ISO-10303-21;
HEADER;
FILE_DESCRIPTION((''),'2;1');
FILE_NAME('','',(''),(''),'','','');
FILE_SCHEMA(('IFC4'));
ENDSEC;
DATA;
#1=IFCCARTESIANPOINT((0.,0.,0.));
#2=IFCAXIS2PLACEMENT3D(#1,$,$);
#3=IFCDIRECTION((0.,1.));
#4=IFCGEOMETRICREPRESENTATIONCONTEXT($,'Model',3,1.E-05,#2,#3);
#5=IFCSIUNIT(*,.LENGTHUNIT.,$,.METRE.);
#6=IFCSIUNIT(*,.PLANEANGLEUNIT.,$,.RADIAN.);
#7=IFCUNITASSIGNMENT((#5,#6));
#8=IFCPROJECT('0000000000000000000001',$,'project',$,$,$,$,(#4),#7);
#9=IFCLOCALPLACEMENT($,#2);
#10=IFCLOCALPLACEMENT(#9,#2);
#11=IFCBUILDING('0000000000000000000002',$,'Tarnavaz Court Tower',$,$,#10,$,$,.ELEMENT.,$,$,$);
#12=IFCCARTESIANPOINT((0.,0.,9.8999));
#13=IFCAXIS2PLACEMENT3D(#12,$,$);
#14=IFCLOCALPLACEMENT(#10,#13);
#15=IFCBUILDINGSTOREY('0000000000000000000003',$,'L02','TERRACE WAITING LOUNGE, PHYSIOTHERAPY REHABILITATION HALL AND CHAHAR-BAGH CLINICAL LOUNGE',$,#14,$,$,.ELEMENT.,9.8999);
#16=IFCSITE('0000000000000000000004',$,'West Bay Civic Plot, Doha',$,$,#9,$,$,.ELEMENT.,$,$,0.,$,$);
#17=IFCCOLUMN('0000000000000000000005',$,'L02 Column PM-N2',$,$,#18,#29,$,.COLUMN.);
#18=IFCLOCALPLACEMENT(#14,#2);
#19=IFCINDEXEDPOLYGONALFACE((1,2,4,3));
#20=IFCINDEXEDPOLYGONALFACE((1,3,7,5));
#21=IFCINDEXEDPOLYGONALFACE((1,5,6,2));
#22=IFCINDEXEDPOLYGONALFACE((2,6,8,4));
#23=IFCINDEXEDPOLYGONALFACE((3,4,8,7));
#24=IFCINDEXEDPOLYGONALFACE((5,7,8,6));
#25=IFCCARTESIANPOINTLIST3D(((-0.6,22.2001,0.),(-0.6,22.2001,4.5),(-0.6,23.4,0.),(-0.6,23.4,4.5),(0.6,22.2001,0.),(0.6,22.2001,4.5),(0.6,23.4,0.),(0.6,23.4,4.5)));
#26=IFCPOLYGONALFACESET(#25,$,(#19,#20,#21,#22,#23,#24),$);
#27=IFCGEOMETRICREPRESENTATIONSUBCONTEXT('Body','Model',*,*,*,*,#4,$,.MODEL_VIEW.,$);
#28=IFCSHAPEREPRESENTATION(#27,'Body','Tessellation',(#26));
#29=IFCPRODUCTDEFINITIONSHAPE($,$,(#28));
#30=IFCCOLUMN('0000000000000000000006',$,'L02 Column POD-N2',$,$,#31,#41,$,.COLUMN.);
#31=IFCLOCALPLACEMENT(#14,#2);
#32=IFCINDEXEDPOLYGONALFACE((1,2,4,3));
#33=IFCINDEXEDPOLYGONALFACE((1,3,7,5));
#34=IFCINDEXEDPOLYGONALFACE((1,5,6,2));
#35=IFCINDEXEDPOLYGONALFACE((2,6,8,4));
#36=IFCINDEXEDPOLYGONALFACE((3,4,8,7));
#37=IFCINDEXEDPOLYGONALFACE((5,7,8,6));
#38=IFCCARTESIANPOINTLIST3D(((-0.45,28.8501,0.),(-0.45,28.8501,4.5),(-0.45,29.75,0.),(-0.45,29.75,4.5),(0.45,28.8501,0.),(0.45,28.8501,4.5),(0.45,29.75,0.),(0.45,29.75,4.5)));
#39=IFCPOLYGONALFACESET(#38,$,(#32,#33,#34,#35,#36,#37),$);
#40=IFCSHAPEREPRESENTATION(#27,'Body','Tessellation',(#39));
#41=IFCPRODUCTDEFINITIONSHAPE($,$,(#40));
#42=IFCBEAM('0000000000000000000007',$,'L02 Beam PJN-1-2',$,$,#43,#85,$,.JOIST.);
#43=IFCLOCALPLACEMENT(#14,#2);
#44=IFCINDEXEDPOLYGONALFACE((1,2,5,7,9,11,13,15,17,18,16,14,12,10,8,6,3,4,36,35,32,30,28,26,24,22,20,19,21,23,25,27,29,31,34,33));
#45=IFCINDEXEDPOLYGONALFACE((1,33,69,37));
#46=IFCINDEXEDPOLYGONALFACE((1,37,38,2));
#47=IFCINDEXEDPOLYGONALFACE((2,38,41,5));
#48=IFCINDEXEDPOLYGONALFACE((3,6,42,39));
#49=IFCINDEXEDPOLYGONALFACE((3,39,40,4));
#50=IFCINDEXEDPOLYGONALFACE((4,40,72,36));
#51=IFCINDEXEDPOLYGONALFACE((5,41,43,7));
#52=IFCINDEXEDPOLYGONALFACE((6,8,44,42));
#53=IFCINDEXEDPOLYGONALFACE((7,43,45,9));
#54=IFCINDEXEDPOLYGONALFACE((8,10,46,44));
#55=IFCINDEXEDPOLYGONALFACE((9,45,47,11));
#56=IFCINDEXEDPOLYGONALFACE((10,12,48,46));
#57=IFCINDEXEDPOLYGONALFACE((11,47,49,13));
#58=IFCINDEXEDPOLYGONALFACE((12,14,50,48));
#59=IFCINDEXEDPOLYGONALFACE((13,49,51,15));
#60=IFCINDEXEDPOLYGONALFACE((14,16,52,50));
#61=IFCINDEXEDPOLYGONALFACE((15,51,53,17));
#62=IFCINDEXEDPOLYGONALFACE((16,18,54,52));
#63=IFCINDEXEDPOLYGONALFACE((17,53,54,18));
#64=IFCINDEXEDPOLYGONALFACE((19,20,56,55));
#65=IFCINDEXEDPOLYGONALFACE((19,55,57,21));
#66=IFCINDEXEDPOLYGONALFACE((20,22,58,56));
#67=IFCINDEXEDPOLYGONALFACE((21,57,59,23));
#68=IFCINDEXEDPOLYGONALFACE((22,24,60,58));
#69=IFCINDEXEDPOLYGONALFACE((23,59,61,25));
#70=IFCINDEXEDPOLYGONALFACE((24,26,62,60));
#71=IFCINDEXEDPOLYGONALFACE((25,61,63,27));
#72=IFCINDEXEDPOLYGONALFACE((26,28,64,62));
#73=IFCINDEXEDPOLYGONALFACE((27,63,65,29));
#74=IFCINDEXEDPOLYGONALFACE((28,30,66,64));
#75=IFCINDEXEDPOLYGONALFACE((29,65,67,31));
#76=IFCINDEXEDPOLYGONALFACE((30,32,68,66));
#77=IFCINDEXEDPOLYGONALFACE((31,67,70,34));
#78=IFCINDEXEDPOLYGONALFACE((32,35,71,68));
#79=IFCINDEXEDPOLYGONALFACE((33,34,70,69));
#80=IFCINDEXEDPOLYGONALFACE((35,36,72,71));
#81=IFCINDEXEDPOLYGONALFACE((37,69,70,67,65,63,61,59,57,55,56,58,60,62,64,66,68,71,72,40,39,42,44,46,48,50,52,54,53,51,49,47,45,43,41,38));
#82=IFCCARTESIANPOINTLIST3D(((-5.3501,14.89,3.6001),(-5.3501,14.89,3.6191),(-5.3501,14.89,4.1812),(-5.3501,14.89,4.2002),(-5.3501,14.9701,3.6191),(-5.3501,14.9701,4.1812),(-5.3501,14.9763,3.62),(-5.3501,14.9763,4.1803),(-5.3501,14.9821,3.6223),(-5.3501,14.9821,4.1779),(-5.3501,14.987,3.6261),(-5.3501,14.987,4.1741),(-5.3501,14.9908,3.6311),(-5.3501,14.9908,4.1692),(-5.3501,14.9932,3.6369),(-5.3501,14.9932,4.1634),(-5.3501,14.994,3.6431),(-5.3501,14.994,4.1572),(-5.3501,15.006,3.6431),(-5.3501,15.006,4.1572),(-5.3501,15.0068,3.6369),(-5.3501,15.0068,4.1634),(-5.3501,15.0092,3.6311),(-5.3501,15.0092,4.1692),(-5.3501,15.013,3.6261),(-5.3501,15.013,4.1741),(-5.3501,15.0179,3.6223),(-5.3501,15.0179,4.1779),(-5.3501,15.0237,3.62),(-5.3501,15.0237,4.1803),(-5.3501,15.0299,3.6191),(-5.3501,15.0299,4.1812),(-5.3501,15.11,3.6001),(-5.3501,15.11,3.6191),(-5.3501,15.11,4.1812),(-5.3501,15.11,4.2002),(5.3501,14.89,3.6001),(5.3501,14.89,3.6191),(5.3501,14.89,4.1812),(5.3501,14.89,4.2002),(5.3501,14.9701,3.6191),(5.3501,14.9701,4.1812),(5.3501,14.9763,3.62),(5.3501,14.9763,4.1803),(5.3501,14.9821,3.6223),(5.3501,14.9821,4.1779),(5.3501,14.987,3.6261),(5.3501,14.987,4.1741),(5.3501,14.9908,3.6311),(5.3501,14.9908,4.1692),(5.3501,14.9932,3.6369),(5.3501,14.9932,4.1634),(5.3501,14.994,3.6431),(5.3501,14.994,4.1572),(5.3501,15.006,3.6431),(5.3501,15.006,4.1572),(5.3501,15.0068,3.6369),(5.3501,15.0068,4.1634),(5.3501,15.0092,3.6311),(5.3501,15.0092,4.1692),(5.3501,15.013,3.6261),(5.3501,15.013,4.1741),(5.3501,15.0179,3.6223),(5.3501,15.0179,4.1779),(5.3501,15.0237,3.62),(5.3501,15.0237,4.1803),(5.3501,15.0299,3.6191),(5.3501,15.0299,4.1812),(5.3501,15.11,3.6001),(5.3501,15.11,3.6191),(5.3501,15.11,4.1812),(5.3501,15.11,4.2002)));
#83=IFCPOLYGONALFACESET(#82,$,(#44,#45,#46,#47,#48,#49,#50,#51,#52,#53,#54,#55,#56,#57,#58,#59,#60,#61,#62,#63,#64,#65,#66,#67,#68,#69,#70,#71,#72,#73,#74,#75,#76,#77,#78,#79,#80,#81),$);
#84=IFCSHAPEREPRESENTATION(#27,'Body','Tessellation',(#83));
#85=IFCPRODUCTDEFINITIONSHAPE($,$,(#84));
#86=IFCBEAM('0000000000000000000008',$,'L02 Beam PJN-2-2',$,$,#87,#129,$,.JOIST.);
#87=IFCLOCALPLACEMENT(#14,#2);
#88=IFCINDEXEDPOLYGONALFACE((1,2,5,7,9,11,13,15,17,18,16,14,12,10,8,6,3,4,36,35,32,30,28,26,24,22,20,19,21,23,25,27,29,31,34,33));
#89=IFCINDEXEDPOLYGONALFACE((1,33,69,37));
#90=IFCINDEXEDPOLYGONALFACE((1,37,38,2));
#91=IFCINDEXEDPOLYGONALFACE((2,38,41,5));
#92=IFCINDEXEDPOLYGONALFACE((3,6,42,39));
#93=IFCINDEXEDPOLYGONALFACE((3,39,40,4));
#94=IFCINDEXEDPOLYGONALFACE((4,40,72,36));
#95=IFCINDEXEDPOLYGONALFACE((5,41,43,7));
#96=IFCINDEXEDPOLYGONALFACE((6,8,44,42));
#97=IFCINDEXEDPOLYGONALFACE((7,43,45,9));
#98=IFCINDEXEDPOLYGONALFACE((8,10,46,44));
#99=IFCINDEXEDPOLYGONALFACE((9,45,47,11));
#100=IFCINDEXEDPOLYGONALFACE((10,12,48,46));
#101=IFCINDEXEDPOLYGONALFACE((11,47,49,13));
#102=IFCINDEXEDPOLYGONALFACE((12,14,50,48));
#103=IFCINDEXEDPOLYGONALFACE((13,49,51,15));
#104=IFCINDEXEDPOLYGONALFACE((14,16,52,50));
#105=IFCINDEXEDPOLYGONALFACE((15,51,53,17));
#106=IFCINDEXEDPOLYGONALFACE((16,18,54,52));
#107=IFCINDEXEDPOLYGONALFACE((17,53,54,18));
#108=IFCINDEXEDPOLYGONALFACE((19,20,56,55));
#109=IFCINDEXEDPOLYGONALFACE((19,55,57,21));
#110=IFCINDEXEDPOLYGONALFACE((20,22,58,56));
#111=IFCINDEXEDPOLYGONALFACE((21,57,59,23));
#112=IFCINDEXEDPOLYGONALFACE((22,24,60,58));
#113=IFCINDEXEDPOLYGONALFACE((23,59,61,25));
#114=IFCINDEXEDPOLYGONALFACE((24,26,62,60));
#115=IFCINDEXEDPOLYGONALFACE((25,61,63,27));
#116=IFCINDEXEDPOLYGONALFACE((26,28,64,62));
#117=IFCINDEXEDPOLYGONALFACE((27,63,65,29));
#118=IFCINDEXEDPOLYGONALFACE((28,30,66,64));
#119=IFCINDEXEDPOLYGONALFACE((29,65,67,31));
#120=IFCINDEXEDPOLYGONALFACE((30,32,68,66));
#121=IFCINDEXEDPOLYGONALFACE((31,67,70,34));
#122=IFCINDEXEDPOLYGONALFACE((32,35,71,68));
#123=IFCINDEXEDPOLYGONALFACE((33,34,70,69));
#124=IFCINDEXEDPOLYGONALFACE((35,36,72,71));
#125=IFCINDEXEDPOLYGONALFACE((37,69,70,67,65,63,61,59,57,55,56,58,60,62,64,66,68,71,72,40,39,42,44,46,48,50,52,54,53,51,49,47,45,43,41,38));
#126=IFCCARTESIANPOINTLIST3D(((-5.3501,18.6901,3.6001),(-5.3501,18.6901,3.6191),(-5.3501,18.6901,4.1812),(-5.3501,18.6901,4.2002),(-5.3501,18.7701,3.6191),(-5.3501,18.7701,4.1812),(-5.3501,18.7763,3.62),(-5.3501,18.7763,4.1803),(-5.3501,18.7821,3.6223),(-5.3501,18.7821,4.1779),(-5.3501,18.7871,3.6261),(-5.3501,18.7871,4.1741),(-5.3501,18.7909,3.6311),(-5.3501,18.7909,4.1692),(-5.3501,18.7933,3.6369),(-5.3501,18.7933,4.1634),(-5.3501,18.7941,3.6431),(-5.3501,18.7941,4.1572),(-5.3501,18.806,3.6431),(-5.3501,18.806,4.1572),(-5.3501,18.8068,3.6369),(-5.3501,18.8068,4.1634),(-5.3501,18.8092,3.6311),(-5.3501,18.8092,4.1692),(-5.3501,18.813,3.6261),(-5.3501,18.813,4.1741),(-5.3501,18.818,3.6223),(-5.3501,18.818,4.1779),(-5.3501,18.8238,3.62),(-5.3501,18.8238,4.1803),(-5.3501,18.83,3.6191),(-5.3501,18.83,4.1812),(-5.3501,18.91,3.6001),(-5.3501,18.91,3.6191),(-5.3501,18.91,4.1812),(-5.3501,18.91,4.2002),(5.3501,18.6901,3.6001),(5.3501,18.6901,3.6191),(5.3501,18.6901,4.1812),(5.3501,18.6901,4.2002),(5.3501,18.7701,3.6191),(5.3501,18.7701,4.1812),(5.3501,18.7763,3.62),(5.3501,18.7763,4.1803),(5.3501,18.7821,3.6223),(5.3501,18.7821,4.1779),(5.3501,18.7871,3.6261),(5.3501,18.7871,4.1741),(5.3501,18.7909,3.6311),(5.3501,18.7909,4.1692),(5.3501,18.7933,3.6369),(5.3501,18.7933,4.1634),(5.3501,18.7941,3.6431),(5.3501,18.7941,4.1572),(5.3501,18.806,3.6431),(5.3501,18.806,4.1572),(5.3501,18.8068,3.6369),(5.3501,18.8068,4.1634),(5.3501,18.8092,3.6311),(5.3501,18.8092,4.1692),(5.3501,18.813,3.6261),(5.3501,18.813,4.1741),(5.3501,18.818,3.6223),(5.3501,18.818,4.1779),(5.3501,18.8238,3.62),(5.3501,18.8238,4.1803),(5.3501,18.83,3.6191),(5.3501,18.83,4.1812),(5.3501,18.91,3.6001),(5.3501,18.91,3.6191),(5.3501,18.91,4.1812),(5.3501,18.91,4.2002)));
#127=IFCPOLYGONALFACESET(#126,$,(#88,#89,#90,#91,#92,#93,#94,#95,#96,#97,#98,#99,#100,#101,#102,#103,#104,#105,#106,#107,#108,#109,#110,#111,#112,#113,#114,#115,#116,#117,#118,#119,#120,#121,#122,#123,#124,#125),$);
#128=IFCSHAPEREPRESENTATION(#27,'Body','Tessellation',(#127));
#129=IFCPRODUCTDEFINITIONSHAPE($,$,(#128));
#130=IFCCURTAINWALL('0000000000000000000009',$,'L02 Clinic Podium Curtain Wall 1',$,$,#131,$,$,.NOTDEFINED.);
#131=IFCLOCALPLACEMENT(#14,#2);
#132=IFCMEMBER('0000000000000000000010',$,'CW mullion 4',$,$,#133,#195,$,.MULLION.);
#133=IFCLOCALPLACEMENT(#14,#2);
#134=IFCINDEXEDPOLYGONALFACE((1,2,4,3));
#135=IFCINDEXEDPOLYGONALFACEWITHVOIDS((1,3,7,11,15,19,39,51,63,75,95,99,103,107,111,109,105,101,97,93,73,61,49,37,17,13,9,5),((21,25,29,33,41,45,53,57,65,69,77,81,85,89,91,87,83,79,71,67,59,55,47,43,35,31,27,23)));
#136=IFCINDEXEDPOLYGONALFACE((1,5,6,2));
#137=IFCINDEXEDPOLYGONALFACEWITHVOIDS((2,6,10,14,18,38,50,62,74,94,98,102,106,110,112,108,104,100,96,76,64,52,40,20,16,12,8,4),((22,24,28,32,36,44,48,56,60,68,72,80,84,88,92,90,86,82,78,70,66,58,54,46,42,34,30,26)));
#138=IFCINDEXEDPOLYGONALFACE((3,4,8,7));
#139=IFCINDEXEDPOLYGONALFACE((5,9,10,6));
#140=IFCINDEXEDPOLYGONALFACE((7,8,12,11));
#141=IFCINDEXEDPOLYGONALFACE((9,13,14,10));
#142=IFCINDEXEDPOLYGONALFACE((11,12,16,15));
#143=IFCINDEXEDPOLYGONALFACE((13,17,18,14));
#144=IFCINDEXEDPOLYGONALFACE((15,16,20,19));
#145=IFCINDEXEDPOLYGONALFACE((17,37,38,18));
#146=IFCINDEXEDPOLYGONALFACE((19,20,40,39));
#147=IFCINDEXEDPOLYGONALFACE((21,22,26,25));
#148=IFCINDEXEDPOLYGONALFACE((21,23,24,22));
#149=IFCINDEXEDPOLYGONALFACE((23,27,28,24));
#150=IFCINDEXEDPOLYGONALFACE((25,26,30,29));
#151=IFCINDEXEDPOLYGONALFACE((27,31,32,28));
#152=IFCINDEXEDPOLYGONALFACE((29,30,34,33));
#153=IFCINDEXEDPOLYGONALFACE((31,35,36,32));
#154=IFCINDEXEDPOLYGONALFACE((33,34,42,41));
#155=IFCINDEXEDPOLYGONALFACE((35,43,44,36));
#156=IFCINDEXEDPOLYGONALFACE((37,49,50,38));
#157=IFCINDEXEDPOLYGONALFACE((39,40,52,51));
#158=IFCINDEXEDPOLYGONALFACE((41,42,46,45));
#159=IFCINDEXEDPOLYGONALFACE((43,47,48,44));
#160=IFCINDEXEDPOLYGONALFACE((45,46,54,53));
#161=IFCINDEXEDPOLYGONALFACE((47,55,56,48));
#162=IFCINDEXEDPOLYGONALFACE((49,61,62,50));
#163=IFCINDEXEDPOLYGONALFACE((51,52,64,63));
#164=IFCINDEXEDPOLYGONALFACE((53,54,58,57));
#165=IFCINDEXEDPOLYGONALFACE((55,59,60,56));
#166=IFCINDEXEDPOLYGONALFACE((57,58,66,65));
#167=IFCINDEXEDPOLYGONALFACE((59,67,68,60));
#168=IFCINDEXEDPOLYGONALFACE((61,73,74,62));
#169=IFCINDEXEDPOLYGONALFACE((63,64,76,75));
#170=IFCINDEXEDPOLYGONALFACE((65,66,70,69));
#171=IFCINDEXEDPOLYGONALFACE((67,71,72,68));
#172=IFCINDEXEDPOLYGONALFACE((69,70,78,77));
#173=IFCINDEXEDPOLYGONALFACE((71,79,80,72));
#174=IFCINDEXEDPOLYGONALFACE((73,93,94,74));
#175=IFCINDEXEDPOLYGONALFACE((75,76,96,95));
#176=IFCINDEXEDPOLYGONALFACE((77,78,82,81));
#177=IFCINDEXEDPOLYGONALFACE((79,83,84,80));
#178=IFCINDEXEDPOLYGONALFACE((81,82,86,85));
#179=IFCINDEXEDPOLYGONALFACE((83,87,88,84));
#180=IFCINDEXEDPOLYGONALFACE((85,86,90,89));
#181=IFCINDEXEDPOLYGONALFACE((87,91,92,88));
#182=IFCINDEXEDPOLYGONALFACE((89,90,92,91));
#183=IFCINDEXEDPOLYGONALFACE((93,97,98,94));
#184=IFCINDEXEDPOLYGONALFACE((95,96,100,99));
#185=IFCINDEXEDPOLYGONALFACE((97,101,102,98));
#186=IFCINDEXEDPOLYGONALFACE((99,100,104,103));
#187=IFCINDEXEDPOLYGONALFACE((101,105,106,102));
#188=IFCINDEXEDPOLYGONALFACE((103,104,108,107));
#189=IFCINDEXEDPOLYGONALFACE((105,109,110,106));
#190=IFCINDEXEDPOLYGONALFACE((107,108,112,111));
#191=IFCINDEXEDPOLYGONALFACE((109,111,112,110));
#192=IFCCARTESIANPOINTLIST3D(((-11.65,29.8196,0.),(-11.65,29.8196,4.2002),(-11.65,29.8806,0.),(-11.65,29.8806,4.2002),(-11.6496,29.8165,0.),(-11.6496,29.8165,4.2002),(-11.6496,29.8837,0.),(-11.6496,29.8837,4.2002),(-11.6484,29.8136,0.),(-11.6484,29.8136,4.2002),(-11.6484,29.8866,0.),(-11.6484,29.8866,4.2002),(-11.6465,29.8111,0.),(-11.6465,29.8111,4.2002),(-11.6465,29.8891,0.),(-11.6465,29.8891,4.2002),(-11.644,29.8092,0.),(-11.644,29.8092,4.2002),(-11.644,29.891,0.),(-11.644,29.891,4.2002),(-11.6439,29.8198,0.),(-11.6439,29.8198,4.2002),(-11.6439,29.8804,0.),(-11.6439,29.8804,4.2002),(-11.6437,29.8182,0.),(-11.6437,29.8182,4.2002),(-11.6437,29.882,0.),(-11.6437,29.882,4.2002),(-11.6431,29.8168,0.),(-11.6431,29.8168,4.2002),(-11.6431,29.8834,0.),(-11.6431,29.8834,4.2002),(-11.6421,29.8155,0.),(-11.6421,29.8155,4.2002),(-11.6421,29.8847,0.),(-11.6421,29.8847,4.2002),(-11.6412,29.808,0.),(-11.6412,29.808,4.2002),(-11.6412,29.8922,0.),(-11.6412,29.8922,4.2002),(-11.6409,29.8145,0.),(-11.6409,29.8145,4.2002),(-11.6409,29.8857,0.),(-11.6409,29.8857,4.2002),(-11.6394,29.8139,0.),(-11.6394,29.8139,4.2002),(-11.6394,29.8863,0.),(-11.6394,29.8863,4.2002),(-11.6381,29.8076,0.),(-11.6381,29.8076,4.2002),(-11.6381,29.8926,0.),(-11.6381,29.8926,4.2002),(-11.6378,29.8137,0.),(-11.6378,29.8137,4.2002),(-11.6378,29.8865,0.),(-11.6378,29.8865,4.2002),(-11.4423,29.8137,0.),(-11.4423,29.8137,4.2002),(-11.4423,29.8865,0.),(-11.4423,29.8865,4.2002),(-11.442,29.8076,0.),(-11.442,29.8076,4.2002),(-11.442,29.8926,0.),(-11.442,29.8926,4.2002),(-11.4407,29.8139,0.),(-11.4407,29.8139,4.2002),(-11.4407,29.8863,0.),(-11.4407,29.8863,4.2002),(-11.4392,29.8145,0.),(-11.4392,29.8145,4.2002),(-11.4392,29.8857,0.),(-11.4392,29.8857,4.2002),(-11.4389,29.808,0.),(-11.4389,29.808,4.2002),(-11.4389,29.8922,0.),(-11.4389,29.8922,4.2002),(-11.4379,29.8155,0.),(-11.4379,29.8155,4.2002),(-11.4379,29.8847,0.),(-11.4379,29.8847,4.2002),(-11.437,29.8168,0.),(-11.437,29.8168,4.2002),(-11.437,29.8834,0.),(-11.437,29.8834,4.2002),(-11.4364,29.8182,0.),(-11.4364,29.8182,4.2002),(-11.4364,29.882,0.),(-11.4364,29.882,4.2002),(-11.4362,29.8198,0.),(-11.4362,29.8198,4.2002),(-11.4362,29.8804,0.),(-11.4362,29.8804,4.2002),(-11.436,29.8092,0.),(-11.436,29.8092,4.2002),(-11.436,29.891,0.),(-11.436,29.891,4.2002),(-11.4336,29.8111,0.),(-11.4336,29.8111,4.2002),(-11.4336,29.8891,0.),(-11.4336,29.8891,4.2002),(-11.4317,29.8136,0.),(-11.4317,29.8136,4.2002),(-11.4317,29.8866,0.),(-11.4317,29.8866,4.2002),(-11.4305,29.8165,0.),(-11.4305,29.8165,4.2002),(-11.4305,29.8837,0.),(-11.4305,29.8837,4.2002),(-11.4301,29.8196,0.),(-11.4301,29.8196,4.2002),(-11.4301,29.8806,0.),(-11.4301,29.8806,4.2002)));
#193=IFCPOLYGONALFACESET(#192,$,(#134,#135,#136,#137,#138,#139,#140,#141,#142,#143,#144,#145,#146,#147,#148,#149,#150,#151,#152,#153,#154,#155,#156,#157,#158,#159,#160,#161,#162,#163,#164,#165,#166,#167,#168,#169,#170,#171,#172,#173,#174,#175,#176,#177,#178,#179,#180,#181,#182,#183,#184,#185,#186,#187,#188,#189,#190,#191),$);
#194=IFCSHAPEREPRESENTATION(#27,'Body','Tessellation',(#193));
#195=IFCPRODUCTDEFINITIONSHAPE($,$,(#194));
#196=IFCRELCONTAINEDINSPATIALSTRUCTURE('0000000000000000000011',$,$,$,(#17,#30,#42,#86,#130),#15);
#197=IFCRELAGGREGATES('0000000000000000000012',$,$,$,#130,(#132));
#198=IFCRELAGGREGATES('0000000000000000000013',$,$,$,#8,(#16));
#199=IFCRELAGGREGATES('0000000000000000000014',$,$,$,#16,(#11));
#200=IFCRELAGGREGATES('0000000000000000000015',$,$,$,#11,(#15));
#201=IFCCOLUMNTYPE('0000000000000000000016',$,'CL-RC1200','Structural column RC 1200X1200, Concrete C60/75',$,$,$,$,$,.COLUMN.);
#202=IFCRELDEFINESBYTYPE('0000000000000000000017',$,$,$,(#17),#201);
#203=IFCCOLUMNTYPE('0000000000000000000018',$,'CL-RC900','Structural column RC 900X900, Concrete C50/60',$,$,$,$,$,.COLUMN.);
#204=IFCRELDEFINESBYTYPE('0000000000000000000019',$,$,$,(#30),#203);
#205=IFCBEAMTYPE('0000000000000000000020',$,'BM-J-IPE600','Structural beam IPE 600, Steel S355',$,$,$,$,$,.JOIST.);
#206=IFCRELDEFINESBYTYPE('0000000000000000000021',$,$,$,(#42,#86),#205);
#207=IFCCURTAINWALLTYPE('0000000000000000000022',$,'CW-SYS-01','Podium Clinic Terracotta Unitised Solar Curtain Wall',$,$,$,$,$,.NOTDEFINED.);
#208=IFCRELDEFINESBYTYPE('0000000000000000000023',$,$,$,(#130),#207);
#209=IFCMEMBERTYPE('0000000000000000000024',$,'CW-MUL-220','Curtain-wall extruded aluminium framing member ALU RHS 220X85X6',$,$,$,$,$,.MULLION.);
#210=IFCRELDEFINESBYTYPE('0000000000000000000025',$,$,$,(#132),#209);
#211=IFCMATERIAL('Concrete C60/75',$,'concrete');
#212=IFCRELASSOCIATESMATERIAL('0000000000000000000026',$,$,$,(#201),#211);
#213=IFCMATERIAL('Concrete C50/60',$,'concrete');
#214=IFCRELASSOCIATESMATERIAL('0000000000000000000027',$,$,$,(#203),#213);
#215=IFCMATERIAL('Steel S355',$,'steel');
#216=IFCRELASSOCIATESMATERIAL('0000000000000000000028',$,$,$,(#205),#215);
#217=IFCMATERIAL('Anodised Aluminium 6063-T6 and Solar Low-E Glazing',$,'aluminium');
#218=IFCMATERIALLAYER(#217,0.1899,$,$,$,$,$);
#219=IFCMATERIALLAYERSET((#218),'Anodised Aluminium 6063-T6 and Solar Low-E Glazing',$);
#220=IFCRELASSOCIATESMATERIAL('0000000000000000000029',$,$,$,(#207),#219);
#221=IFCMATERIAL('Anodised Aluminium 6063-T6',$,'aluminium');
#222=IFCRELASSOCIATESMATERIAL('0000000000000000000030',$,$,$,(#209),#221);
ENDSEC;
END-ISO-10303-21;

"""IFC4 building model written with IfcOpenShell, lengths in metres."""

from ifc_helpers import new_model, si_unit, direction, frame, origin, origin_2d, place, context, subcontext, project, spatial, rectangle, hollow_rectangle, i_section, extrude, material, layer, layer_set, material_profile, profile_set, type_object, element, aggregate, save


model = new_model("IFC4")

# Units and contexts
model_context = context("Model", 3, precision=1e-05, world=origin(), true_north=direction((0.0, 1.0)))
body_context = subcontext(model_context, "Body", "Model", "MODEL_VIEW")
ifc_project = project(units=[si_unit("LENGTHUNIT", "METRE"), si_unit("PLANEANGLEUNIT", "RADIAN")], contexts=[model_context])

# Site, building, storey
site_placement = place(None, origin())
site = spatial("IfcSite", under=ifc_project, at=site_placement, Name="West Bay Civic Plot, Doha", CompositionType="ELEMENT", RefElevation=0.0)
building_placement = place(site_placement, origin())
building = spatial("IfcBuilding", under=site, at=building_placement, Name="Tarnavaz Court Tower", CompositionType="ELEMENT")
storey_placement = place(building_placement, frame((0.0, 0.0, 9.8999)))
storey = spatial("IfcBuildingStorey", under=building, at=storey_placement, Name="L02", Description="TERRACE WAITING LOUNGE, PHYSIOTHERAPY REHABILITATION HALL AND CHAHAR-BAGH CLINICAL LOUNGE", CompositionType="ELEMENT", Elevation=9.8999)

# Columns
ifc_material_1 = material(Name="Concrete C60/75", Category="concrete")
ifc_material_profile_1 = material_profile(ifc_material_1, rectangle(XDim=1.2, YDim=1.2, at=origin_2d()), Name="RC 1200X1200")
ifc_profile_set_1 = profile_set([ifc_material_profile_1], Name="Concrete C60/75")
column_type_1 = type_object("IfcColumnType", Name="CL-RC1200", Description="Structural column RC 1200X1200, Concrete C60/75", PredefinedType="COLUMN", material=ifc_profile_set_1)
column_1_placement = place(storey_placement, frame((0.0, 22.8, 0.0), z_axis=(0.0, 0.0, 1.0), x_axis=(1.0, 0.0, 0.0)))
element("IfcColumn", 1, at=column_1_placement, inside=storey, type_object=column_type_1, Name="L02 Column PM-N2", PredefinedType="COLUMN", context=body_context, shape_type="SweptSolid", body=[
    extrude(rectangle(XDim=1.2, YDim=1.2, at=origin_2d()), origin(), (0.0, 0.0, 1.0), 4.5),
])
ifc_material_2 = material(Name="Concrete C50/60", Category="concrete")
ifc_material_profile_2 = material_profile(ifc_material_2, rectangle(XDim=0.8999, YDim=0.8999, at=origin_2d()), Name="RC 900X900")
ifc_profile_set_2 = profile_set([ifc_material_profile_2], Name="Concrete C50/60")
column_type_2 = type_object("IfcColumnType", Name="CL-RC900", Description="Structural column RC 900X900, Concrete C50/60", PredefinedType="COLUMN", material=ifc_profile_set_2)
column_2_placement = place(storey_placement, frame((0.0, 29.3, 0.0), z_axis=(0.0, 0.0, 1.0), x_axis=(1.0, 0.0, 0.0)))
element("IfcColumn", 2, at=column_2_placement, inside=storey, type_object=column_type_2, Name="L02 Column POD-N2", PredefinedType="COLUMN", context=body_context, shape_type="SweptSolid", body=[
    extrude(rectangle(XDim=0.8999, YDim=0.8999, at=origin_2d()), origin(), (0.0, 0.0, 1.0), 4.5),
])

# Beams
ifc_material_3 = material(Name="Steel S355", Category="steel")
ifc_material_profile_3 = material_profile(ifc_material_3, i_section(OverallWidth=0.22, OverallDepth=0.6001, WebThickness=0.012, FlangeThickness=0.019, FilletRadius=0.0239, at=origin_2d()), Name="IPE 600")
ifc_profile_set_3 = profile_set([ifc_material_profile_3], Name="Steel S355")
beam_type = type_object("IfcBeamType", Name="BM-J-IPE600", Description="Structural beam IPE 600, Steel S355", PredefinedType="JOIST", material=ifc_profile_set_3)
for number, where, z_axis, x_axis, name in (
    (3, (-5.3501, 15.0, 3.9001), (1.0, 0.0, 0.0), (0.0, 1.0, 0.0), "L02 Beam PJN-1-2"),
    (4, (-5.3501, 18.8, 3.9001), (1.0, 0.0, 0.0), (0.0, 1.0, 0.0), "L02 Beam PJN-2-2"),
):
    element("IfcBeam", number, at=place(storey_placement, frame(where, z_axis=z_axis, x_axis=x_axis)), inside=storey, type_object=beam_type, Name=name, PredefinedType="JOIST", context=body_context, shape_type="SweptSolid", body=[
        extrude(i_section(OverallWidth=0.22, OverallDepth=0.6001, WebThickness=0.012, FlangeThickness=0.019, FilletRadius=0.0239, at=origin_2d()), origin(), (0.0, 0.0, 1.0), 10.7002),
    ])

# Curtain wall, member
ifc_material_4 = material(Name="Anodised Aluminium 6063-T6 and Solar Low-E Glazing", Category="aluminium")
ifc_layer_1 = layer(ifc_material_4, 0.1899)
ifc_layer_set_1 = layer_set([ifc_layer_1], Name="Anodised Aluminium 6063-T6 and Solar Low-E Glazing")
curtain_wall_type = type_object("IfcCurtainWallType", Name="CW-SYS-01", Description="Podium Clinic Terracotta Unitised Solar Curtain Wall", PredefinedType="NOTDEFINED", material=ifc_layer_set_1)
curtain_wall_placement = place(storey_placement, origin())
curtain_wall = element("IfcCurtainWall", 5, at=curtain_wall_placement, inside=storey, type_object=curtain_wall_type, Name="L02 Clinic Podium Curtain Wall 1", PredefinedType="NOTDEFINED")
ifc_material_5 = material(Name="Anodised Aluminium 6063-T6", Category="aluminium")
ifc_material_profile_4 = material_profile(ifc_material_5, hollow_rectangle(XDim=0.085, YDim=0.22, WallThickness=0.0061, InnerFilletRadius=0.0061, OuterFilletRadius=0.012, at=origin_2d()), Name="ALU RHS 220X85X6")
ifc_profile_set_4 = profile_set([ifc_material_profile_4], Name="Anodised Aluminium 6063-T6")
member_type_1 = type_object("IfcMemberType", Name="CW-MUL-220", Description="Curtain-wall extruded aluminium framing member ALU RHS 220X85X6", PredefinedType="MULLION", material=ifc_profile_set_4)
member_1_placement = place(storey_placement, frame((-11.54, 29.8501, 0.0), z_axis=(0.0, 0.0, 1.0), x_axis=(0.0, 1.0, 0.0)))
member_1 = element("IfcMember", 6, at=member_1_placement, type_object=member_type_1, Name="CW mullion 4", PredefinedType="MULLION", context=body_context, shape_type="SweptSolid", body=[
    extrude(hollow_rectangle(XDim=0.085, YDim=0.22, WallThickness=0.0061, InnerFilletRadius=0.0061, OuterFilletRadius=0.012, at=origin_2d()), origin(), (0.0, 0.0, 1.0), 4.2002),
])
aggregate(curtain_wall, [member_1])

save(model, "model.ifc")
